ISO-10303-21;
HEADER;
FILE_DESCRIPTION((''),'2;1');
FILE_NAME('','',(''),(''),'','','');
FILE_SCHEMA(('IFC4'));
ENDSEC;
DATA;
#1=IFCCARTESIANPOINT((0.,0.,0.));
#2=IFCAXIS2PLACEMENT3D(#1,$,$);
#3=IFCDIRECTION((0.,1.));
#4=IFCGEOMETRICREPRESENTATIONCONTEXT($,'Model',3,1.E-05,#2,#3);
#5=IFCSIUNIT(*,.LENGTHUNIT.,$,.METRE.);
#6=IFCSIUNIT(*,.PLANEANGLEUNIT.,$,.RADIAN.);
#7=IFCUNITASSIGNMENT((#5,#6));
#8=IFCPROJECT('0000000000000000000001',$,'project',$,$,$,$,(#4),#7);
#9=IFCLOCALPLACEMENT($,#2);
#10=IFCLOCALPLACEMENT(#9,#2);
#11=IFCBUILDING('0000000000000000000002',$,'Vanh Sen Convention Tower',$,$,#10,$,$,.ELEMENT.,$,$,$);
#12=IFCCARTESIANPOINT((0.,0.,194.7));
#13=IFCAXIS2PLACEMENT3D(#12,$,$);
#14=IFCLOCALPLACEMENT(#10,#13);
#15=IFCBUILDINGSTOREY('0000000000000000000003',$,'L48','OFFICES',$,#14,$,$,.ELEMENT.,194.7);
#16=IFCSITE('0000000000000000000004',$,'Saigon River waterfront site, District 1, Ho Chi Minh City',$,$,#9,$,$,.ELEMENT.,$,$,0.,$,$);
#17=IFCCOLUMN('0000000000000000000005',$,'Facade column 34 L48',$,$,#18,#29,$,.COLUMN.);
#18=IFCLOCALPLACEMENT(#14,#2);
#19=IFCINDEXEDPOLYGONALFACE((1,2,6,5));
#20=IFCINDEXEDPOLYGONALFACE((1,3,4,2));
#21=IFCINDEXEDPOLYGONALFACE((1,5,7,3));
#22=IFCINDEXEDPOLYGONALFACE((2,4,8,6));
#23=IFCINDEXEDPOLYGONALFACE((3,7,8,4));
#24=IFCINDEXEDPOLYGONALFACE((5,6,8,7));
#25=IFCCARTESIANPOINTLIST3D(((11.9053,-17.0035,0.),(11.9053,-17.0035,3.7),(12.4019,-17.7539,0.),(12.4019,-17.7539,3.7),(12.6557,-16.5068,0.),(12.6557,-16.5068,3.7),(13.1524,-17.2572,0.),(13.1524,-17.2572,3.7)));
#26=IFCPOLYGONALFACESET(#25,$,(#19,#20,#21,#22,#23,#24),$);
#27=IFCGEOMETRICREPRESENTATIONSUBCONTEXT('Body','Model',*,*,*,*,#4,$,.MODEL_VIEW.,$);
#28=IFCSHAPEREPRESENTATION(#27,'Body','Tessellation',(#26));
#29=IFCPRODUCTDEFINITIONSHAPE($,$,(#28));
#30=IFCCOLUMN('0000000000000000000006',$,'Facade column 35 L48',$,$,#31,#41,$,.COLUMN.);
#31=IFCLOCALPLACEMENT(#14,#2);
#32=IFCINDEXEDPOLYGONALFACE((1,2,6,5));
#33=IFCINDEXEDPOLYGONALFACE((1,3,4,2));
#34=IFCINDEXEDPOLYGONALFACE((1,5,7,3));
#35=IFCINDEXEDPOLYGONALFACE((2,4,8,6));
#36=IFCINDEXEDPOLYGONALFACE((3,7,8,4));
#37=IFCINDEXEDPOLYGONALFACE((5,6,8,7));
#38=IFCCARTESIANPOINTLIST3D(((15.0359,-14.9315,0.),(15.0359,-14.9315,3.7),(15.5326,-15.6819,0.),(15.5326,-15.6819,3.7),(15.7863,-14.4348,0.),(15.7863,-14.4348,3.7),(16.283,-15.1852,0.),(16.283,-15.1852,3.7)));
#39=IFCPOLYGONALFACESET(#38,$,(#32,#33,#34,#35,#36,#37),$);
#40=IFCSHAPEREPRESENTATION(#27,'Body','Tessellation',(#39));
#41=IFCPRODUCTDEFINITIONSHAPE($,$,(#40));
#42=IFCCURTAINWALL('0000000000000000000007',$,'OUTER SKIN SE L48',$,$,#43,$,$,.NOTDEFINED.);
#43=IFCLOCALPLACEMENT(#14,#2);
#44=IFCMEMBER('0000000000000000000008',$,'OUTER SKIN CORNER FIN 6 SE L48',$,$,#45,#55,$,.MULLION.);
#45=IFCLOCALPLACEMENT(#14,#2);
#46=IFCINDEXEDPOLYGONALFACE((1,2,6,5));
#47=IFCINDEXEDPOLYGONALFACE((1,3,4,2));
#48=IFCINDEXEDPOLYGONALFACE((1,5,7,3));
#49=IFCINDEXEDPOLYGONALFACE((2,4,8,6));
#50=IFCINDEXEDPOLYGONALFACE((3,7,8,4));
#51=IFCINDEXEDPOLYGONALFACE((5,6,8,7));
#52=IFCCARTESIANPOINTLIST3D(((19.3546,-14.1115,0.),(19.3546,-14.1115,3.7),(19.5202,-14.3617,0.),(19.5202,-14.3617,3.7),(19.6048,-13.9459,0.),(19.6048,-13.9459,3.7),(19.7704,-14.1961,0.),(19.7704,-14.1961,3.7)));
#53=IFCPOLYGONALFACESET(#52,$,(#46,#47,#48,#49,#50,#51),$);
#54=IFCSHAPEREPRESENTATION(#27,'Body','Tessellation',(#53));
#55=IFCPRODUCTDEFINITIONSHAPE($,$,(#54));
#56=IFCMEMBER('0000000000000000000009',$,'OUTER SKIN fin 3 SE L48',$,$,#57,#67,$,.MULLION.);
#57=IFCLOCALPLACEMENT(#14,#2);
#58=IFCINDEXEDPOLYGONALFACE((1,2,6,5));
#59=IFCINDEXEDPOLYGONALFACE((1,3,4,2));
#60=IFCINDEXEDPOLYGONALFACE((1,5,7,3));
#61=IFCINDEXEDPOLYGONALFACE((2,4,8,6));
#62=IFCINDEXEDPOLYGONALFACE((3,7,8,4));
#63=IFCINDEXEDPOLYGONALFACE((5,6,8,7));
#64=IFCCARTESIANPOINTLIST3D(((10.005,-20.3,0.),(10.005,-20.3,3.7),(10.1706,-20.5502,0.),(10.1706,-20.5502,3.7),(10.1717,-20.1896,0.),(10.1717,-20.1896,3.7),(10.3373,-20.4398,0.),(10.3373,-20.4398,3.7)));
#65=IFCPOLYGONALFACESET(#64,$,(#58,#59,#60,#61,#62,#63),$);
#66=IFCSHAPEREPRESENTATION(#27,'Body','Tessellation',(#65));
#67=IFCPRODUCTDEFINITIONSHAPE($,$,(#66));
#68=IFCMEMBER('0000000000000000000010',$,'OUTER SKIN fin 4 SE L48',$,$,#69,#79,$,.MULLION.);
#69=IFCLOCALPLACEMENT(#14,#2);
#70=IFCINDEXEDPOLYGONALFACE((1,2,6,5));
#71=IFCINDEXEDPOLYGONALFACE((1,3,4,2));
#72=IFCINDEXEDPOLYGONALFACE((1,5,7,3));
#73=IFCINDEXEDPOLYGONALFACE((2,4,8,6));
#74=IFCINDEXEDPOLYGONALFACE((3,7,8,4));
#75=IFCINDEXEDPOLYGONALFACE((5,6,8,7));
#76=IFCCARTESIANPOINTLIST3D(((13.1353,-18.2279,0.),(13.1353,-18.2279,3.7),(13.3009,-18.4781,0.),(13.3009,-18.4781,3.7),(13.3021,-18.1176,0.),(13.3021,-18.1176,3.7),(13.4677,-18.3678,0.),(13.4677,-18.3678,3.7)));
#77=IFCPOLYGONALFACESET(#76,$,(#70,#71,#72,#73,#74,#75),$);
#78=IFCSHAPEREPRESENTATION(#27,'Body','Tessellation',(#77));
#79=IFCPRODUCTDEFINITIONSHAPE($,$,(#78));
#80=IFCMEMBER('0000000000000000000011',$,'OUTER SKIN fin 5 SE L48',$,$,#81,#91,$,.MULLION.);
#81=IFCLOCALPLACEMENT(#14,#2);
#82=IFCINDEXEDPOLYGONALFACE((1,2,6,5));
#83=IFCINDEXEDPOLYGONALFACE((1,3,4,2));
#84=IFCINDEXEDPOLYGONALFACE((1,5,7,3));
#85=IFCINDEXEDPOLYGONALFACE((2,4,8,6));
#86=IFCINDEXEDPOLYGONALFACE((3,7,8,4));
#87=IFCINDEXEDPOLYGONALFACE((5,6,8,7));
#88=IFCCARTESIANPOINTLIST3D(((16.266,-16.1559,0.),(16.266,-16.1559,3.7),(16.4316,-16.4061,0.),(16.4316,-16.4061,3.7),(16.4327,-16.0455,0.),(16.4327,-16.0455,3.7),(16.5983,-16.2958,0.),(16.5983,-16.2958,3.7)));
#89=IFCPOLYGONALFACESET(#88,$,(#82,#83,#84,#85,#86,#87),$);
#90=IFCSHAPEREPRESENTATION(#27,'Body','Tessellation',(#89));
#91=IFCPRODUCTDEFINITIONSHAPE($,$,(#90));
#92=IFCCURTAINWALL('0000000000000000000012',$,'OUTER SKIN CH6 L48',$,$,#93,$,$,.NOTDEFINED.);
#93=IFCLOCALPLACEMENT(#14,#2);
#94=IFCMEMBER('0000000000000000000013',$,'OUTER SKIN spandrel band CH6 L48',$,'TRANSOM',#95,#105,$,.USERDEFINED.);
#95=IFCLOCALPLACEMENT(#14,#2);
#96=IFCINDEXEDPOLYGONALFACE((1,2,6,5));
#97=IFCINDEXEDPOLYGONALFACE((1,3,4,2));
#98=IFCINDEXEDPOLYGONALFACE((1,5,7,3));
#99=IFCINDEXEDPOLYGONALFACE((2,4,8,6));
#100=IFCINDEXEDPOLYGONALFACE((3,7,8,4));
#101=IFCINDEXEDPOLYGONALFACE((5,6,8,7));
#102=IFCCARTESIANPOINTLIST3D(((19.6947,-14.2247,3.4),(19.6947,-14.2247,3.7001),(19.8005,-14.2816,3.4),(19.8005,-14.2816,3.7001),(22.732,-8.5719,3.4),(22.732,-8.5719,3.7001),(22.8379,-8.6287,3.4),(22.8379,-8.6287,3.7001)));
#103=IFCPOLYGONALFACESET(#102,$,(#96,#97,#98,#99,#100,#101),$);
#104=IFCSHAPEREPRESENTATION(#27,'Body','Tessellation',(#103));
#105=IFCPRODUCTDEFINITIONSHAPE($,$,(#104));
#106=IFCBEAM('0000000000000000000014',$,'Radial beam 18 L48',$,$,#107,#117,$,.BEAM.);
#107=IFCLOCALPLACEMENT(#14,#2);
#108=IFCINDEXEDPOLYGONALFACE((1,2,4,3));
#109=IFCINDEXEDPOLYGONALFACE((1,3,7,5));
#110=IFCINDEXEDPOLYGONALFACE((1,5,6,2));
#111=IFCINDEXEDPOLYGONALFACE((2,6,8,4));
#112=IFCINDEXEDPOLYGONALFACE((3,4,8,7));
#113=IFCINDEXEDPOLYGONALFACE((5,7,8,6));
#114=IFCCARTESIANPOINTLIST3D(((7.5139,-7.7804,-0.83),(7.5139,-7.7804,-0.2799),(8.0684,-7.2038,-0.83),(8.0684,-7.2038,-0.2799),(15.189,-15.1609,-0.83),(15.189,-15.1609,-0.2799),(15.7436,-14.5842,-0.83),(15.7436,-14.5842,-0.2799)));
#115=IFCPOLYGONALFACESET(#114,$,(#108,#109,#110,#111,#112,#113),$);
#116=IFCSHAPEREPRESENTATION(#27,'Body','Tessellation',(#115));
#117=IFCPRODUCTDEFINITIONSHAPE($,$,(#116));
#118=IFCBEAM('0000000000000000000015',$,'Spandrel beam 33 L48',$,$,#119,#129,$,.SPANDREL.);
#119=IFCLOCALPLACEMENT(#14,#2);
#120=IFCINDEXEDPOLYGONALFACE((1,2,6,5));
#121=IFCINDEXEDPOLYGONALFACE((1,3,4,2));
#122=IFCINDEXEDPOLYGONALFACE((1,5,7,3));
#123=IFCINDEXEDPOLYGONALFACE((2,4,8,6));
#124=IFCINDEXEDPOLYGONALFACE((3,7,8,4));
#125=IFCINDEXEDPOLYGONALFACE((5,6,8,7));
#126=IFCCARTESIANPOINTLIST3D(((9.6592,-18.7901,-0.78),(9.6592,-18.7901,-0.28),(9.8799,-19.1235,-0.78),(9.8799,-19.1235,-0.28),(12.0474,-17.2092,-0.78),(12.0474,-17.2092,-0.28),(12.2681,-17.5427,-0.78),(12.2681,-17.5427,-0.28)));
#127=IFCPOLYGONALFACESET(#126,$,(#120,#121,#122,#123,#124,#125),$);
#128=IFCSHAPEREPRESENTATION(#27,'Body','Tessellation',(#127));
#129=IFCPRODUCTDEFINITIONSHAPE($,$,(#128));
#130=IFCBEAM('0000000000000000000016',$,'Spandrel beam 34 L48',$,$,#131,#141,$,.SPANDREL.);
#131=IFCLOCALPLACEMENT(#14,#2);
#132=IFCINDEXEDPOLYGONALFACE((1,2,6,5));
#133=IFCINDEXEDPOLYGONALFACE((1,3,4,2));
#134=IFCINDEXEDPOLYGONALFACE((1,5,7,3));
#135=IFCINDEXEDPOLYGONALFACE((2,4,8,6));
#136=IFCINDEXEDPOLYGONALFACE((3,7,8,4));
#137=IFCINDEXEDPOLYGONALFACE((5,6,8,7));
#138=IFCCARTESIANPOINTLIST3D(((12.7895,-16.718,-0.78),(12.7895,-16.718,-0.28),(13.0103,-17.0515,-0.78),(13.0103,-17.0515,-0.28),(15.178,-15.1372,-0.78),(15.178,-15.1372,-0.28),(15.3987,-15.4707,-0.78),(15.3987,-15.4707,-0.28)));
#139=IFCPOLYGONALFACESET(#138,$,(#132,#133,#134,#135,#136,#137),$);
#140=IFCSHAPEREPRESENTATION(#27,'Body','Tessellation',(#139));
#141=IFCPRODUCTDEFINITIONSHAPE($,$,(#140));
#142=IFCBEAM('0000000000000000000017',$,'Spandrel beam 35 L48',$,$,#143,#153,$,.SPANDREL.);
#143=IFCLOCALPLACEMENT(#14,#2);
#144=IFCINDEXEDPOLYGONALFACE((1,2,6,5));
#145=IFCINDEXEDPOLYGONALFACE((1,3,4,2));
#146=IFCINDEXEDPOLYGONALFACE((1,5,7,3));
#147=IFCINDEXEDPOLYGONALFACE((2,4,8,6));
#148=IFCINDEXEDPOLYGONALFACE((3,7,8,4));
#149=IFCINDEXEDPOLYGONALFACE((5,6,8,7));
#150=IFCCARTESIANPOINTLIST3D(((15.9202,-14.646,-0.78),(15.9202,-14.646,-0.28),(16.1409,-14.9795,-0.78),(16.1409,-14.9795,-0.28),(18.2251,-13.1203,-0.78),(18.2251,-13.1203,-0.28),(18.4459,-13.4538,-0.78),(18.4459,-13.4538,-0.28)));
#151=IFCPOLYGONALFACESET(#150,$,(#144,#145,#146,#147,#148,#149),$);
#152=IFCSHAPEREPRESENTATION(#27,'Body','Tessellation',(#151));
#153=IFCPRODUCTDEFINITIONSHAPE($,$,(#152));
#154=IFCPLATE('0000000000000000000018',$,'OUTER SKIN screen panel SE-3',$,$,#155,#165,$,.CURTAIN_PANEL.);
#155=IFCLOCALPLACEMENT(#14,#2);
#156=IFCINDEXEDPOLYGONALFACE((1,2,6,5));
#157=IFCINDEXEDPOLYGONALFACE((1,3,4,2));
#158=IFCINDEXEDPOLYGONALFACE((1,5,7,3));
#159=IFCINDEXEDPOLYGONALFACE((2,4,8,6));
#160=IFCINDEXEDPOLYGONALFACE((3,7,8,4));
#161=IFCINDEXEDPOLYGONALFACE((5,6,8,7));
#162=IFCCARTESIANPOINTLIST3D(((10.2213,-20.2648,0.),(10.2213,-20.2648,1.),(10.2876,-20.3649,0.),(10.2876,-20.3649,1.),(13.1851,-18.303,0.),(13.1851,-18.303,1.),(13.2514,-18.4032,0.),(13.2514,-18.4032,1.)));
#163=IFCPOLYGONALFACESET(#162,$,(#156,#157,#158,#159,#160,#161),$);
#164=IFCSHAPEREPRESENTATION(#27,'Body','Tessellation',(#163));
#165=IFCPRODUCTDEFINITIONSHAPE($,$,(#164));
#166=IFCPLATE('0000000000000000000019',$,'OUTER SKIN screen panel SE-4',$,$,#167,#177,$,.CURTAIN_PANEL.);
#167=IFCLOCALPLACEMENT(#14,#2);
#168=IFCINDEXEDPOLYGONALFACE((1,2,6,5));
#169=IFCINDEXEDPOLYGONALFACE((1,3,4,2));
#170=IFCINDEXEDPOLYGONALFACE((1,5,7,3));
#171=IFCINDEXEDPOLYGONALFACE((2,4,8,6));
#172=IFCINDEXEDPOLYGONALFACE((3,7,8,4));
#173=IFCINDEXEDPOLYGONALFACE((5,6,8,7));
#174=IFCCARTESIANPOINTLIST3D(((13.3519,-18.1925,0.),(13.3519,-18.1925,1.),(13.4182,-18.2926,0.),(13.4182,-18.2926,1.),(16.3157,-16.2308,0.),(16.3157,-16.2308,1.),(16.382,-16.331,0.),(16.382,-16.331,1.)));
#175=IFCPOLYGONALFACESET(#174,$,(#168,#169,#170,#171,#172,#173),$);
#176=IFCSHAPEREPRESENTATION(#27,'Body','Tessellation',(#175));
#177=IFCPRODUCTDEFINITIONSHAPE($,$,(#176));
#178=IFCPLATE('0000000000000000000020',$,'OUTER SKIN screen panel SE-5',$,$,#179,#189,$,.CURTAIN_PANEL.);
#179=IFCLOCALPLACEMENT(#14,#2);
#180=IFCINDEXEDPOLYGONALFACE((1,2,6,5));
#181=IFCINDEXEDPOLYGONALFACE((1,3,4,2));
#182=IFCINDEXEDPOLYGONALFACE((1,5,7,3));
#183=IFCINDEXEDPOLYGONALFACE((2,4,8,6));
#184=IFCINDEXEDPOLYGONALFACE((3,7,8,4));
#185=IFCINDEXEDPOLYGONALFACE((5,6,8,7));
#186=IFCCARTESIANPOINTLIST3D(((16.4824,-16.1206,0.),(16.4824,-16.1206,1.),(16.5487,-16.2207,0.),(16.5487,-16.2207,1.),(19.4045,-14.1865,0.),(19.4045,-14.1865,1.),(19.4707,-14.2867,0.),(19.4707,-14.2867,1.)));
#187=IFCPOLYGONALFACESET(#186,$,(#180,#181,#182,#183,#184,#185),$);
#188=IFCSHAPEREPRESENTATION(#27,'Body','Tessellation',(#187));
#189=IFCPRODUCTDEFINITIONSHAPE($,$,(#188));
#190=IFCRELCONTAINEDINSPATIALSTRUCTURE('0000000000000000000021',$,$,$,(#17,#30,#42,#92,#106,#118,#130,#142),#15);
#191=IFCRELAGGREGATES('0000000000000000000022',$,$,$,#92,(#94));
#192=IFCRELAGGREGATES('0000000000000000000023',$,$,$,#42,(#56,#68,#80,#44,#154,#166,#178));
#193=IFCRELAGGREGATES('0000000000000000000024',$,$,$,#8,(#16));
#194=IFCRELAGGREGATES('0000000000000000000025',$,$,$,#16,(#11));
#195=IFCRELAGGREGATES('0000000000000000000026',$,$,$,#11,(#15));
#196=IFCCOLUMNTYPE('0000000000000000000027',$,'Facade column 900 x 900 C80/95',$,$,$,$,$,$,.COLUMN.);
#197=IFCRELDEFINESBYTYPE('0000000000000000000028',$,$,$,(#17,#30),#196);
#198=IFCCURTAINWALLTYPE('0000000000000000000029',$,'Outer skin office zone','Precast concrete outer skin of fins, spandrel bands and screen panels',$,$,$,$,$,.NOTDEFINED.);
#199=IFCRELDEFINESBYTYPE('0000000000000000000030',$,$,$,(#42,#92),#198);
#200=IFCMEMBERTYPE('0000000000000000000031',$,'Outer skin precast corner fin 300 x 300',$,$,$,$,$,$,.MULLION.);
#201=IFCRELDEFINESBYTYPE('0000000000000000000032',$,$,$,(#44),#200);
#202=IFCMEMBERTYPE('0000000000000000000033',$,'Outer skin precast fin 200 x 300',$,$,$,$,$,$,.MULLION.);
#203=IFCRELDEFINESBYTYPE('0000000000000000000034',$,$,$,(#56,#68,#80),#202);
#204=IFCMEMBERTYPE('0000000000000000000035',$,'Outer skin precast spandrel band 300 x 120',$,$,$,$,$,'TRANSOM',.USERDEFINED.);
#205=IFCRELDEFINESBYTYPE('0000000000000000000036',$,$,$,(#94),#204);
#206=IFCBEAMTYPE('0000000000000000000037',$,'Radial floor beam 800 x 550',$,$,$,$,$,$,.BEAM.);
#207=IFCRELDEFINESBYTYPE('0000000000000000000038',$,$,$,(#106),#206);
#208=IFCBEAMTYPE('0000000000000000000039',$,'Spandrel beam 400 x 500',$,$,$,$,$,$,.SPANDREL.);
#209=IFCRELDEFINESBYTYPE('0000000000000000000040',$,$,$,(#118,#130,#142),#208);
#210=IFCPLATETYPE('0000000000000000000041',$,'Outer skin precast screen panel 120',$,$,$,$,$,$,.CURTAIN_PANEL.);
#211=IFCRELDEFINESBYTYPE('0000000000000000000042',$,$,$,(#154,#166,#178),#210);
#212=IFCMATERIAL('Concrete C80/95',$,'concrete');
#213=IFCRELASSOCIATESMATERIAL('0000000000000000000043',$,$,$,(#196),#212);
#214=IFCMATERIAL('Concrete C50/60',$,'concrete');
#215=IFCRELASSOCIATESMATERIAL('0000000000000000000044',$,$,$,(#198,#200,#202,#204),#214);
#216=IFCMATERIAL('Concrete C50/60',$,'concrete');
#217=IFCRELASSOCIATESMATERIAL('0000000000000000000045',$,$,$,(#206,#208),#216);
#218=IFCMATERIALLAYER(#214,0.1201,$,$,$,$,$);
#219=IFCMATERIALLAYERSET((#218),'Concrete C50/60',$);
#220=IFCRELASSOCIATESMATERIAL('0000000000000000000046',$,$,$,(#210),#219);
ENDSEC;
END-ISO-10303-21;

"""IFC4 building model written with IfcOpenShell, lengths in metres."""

from ifc_helpers import new_model, si_unit, direction, frame, origin, origin_2d, place, context, subcontext, project, spatial, rectangle, extrude, material, layer, layer_set, material_profile, profile_set, type_object, element, aggregate, save


model = new_model("IFC4")

# Units and contexts
model_context = context("Model", 3, precision=1e-05, world=origin(), true_north=direction((0.0, 1.0)))
body_context = subcontext(model_context, "Body", "Model", "MODEL_VIEW")
ifc_project = project(units=[si_unit("LENGTHUNIT", "METRE"), si_unit("PLANEANGLEUNIT", "RADIAN")], contexts=[model_context])

# Site, building, storey
site_placement = place(None, origin())
site = spatial("IfcSite", under=ifc_project, at=site_placement, Name="Saigon River waterfront site, District 1, Ho Chi Minh City", CompositionType="ELEMENT", RefElevation=0.0)
building_placement = place(site_placement, origin())
building = spatial("IfcBuilding", under=site, at=building_placement, Name="Vanh Sen Convention Tower", CompositionType="ELEMENT")
storey_placement = place(building_placement, frame((0.0, 0.0, 194.7)))
storey = spatial("IfcBuildingStorey", under=building, at=storey_placement, Name="L48", Description="OFFICES", CompositionType="ELEMENT", Elevation=194.7)

# Columns
ifc_material_1 = material(Name="Concrete C80/95", Category="concrete")
ifc_material_profile_1 = material_profile(ifc_material_1, rectangle(XDim=0.8999, YDim=0.8999, at=origin_2d()), Name="RC 900X900")
ifc_profile_set_1 = profile_set([ifc_material_profile_1], Name="Concrete C80/95")
column_type = type_object("IfcColumnType", Name="Facade column 900 x 900 C80/95", PredefinedType="COLUMN", material=ifc_profile_set_1)
for number, where, z_axis, x_axis, name in (
    (1, (12.5288, -17.1304, 0.0), (0.0, 0.0, 1.0), (0.833886, 0.551937, 0.0), "Facade column 34 L48"),
    (2, (15.6594, -15.0583, 0.0), (0.0, 0.0, 1.0), (0.833886, 0.551937, 0.0), "Facade column 35 L48"),
):
    element("IfcColumn", number, at=place(storey_placement, frame(where, z_axis=z_axis, x_axis=x_axis)), inside=storey, type_object=column_type, Name=name, PredefinedType="COLUMN", context=body_context, shape_type="SweptSolid", body=[
        extrude(rectangle(XDim=0.8999, YDim=0.8999, at=origin_2d()), origin(), (0.0, 0.0, 1.0), 3.7),
    ])

# Curtain wall, members
ifc_material_2 = material(Name="Concrete C50/60", Category="concrete")
curtain_wall_type = type_object("IfcCurtainWallType", Name="Outer skin office zone", Description="Precast concrete outer skin of fins, spandrel bands and screen panels", PredefinedType="NOTDEFINED", material=ifc_material_2)
curtain_wall_1_placement = place(storey_placement, origin())
curtain_wall_1 = element("IfcCurtainWall", 3, at=curtain_wall_1_placement, inside=storey, type_object=curtain_wall_type, Name="OUTER SKIN SE L48", PredefinedType="NOTDEFINED")
ifc_material_profile_2 = material_profile(ifc_material_2, rectangle(XDim=0.3, YDim=0.3, at=origin_2d()), Name="Outer skin precast corner fin 300 x 300")
ifc_profile_set_2 = profile_set([ifc_material_profile_2], Name="Concrete C50/60")
member_type_1 = type_object("IfcMemberType", Name="Outer skin precast corner fin 300 x 300", PredefinedType="MULLION", material=ifc_profile_set_2)
member_1_placement = place(storey_placement, frame((19.5625, -14.1538, 0.0), z_axis=(0.0, 0.0, 1.0), x_axis=(0.833886, 0.551937, 0.0)))
member_1 = element("IfcMember", 4, at=member_1_placement, type_object=member_type_1, Name="OUTER SKIN CORNER FIN 6 SE L48", PredefinedType="MULLION", context=body_context, shape_type="SweptSolid", body=[
    extrude(rectangle(XDim=0.3, YDim=0.3, at=origin_2d()), origin(), (0.0, 0.0, 1.0), 3.7),
])
ifc_material_profile_3 = material_profile(ifc_material_2, rectangle(XDim=0.2, YDim=0.3, at=origin_2d()), Name="Outer skin precast fin 200 x 300")
ifc_profile_set_3 = profile_set([ifc_material_profile_3], Name="Concrete C50/60")
member_type_2 = type_object("IfcMemberType", Name="Outer skin precast fin 200 x 300", PredefinedType="MULLION", material=ifc_profile_set_3)
member_2_placement = place(storey_placement, frame((10.1711, -20.3699, 0.0), z_axis=(0.0, 0.0, 1.0), x_axis=(0.833886, 0.551937, 0.0)))
member_2 = element("IfcMember", 5, at=member_2_placement, type_object=member_type_2, Name="OUTER SKIN fin 3 SE L48", PredefinedType="MULLION", context=body_context, shape_type="SweptSolid", body=[
    extrude(rectangle(XDim=0.2, YDim=0.3, at=origin_2d()), origin(), (0.0, 0.0, 1.0), 3.7),
])
member_3_placement = place(storey_placement, frame((13.3015, -18.2979, 0.0), z_axis=(0.0, 0.0, 1.0), x_axis=(0.833886, 0.551937, 0.0)))
member_3 = element("IfcMember", 6, at=member_3_placement, type_object=member_type_2, Name="OUTER SKIN fin 4 SE L48", PredefinedType="MULLION", context=body_context, shape_type="SweptSolid", body=[
    extrude(rectangle(XDim=0.2, YDim=0.3, at=origin_2d()), origin(), (0.0, 0.0, 1.0), 3.7),
])
member_4_placement = place(storey_placement, frame((16.4321, -16.2258, 0.0), z_axis=(0.0, 0.0, 1.0), x_axis=(0.833886, 0.551937, 0.0)))
member_4 = element("IfcMember", 7, at=member_4_placement, type_object=member_type_2, Name="OUTER SKIN fin 5 SE L48", PredefinedType="MULLION", context=body_context, shape_type="SweptSolid", body=[
    extrude(rectangle(XDim=0.2, YDim=0.3, at=origin_2d()), origin(), (0.0, 0.0, 1.0), 3.7),
])

# Curtain wall, member
curtain_wall_2_placement = place(storey_placement, origin())
curtain_wall_2 = element("IfcCurtainWall", 8, at=curtain_wall_2_placement, inside=storey, type_object=curtain_wall_type, Name="OUTER SKIN CH6 L48", PredefinedType="NOTDEFINED")
ifc_material_profile_4 = material_profile(ifc_material_2, rectangle(XDim=0.1201, YDim=0.3, at=origin_2d()), Name="Outer skin precast spandrel band 300 x 120")
ifc_profile_set_4 = profile_set([ifc_material_profile_4], Name="Concrete C50/60")
member_type_3 = type_object("IfcMemberType", Name="Outer skin precast spandrel band 300 x 120", ElementType="TRANSOM", PredefinedType="USERDEFINED", material=ifc_profile_set_4)
member_5_placement = place(storey_placement, frame((19.7476, -14.2532, 3.55), z_axis=(0.473317, 0.880892, 0.0), x_axis=(-0.880892, 0.473317, 0.0)))
member_5 = element("IfcMember", 9, at=member_5_placement, type_object=member_type_3, Name="OUTER SKIN spandrel band CH6 L48", ObjectType="TRANSOM", PredefinedType="USERDEFINED", context=body_context, shape_type="SweptSolid", body=[
    extrude(rectangle(XDim=0.1201, YDim=0.3, at=origin_2d()), origin(), (0.0, 0.0, 1.0), 6.4172),
])
aggregate(curtain_wall_2, [member_5])

# Beams
ifc_material_3 = material(Name="Concrete C50/60", Category="concrete")
ifc_material_profile_5 = material_profile(ifc_material_3, rectangle(XDim=0.8, YDim=0.55, at=origin_2d()), Name="RC 800X550")
ifc_profile_set_5 = profile_set([ifc_material_profile_5], Name="Concrete C50/60")
beam_type_1 = type_object("IfcBeamType", Name="Radial floor beam 800 x 550", PredefinedType="BEAM", material=ifc_profile_set_5)
beam_1_placement = place(storey_placement, frame((15.4663, -14.8726, -0.5549), z_axis=(-0.720809, 0.693134, 0.0), x_axis=(-0.693134, -0.720809, 0.0)))
element("IfcBeam", 10, at=beam_1_placement, inside=storey, type_object=beam_type_1, Name="Radial beam 18 L48", PredefinedType="BEAM", context=body_context, shape_type="SweptSolid", body=[
    extrude(rectangle(XDim=0.8, YDim=0.55, at=origin_2d()), origin(), (0.0, 0.0, 1.0), 10.6479),
])
ifc_material_profile_6 = material_profile(ifc_material_3, rectangle(XDim=0.3999, YDim=0.5, at=origin_2d()), Name="RC 400X500")
ifc_profile_set_6 = profile_set([ifc_material_profile_6], Name="Concrete C50/60")
beam_type_2 = type_object("IfcBeamType", Name="Spandrel beam 400 x 500", PredefinedType="SPANDREL", material=ifc_profile_set_6)
beam_2_placement = place(storey_placement, frame((9.7695, -18.9568, -0.53), z_axis=(0.833869, 0.551963, 0.0), x_axis=(-0.551963, 0.833869, 0.0)))
element("IfcBeam", 11, at=beam_2_placement, inside=storey, type_object=beam_type_2, Name="Spandrel beam 33 L48", PredefinedType="SPANDREL", context=body_context, shape_type="SweptSolid", body=[
    extrude(rectangle(XDim=0.3999, YDim=0.5, at=origin_2d()), origin(), (0.0, 0.0, 1.0), 2.864),
])
beam_3_placement = place(storey_placement, frame((12.8999, -16.8848, -0.53), z_axis=(0.833895, 0.551924, 0.0), x_axis=(-0.551924, 0.833895, 0.0)))
element("IfcBeam", 12, at=beam_3_placement, inside=storey, type_object=beam_type_2, Name="Spandrel beam 34 L48", PredefinedType="SPANDREL", context=body_context, shape_type="SweptSolid", body=[
    extrude(rectangle(XDim=0.3999, YDim=0.5, at=origin_2d()), origin(), (0.0, 0.0, 1.0), 2.8643),
])
beam_4_placement = place(storey_placement, frame((16.0305, -14.8127, -0.53), z_axis=(0.83388, 0.551945, 0.0), x_axis=(-0.551945, 0.83388, 0.0)))
element("IfcBeam", 13, at=beam_4_placement, inside=storey, type_object=beam_type_2, Name="Spandrel beam 35 L48", PredefinedType="SPANDREL", context=body_context, shape_type="SweptSolid", body=[
    extrude(rectangle(XDim=0.3999, YDim=0.5, at=origin_2d()), origin(), (0.0, 0.0, 1.0), 2.7642),
])

# Plates
ifc_layer_1 = layer(ifc_material_2, 0.1201)
ifc_layer_set_1 = layer_set([ifc_layer_1], Name="Concrete C50/60")
plate_type = type_object("IfcPlateType", Name="Outer skin precast screen panel 120", PredefinedType="CURTAIN_PANEL", material=ifc_layer_set_1)
plate_1_placement = place(storey_placement, frame((11.7363, -19.334, 0.0), z_axis=(0.0, 0.0, 1.0), x_axis=(0.833877, 0.55195, 0.0)))
plate_1 = element("IfcPlate", 14, at=plate_1_placement, type_object=plate_type, Name="OUTER SKIN screen panel SE-3", PredefinedType="CURTAIN_PANEL", context=body_context, shape_type="SweptSolid", body=[
    extrude(rectangle(XDim=3.5542, YDim=0.1201, at=origin_2d()), origin(), (0.0, 0.0, 1.0), 1.0),
])
plate_2_placement = place(storey_placement, frame((14.8669, -17.2617, 0.0), z_axis=(0.0, 0.0, 1.0), x_axis=(0.83389, 0.551931, 0.0)))
plate_2 = element("IfcPlate", 15, at=plate_2_placement, type_object=plate_type, Name="OUTER SKIN screen panel SE-4", PredefinedType="CURTAIN_PANEL", context=body_context, shape_type="SweptSolid", body=[
    extrude(rectangle(XDim=3.5542, YDim=0.1201, at=origin_2d()), origin(), (0.0, 0.0, 1.0), 1.0),
])
plate_3_placement = place(storey_placement, frame((17.9766, -15.2036, 0.0), z_axis=(0.0, 0.0, 1.0), x_axis=(0.83389, 0.551931, 0.0)))
plate_3 = element("IfcPlate", 16, at=plate_3_placement, type_object=plate_type, Name="OUTER SKIN screen panel SE-5", PredefinedType="CURTAIN_PANEL", context=body_context, shape_type="SweptSolid", body=[
    extrude(rectangle(XDim=3.5042, YDim=0.1201, at=origin_2d()), origin(), (0.0, 0.0, 1.0), 1.0),
])
aggregate(curtain_wall_1, [member_2, member_3, member_4, member_1, plate_1, plate_2, plate_3])

save(model, "model.ifc")
